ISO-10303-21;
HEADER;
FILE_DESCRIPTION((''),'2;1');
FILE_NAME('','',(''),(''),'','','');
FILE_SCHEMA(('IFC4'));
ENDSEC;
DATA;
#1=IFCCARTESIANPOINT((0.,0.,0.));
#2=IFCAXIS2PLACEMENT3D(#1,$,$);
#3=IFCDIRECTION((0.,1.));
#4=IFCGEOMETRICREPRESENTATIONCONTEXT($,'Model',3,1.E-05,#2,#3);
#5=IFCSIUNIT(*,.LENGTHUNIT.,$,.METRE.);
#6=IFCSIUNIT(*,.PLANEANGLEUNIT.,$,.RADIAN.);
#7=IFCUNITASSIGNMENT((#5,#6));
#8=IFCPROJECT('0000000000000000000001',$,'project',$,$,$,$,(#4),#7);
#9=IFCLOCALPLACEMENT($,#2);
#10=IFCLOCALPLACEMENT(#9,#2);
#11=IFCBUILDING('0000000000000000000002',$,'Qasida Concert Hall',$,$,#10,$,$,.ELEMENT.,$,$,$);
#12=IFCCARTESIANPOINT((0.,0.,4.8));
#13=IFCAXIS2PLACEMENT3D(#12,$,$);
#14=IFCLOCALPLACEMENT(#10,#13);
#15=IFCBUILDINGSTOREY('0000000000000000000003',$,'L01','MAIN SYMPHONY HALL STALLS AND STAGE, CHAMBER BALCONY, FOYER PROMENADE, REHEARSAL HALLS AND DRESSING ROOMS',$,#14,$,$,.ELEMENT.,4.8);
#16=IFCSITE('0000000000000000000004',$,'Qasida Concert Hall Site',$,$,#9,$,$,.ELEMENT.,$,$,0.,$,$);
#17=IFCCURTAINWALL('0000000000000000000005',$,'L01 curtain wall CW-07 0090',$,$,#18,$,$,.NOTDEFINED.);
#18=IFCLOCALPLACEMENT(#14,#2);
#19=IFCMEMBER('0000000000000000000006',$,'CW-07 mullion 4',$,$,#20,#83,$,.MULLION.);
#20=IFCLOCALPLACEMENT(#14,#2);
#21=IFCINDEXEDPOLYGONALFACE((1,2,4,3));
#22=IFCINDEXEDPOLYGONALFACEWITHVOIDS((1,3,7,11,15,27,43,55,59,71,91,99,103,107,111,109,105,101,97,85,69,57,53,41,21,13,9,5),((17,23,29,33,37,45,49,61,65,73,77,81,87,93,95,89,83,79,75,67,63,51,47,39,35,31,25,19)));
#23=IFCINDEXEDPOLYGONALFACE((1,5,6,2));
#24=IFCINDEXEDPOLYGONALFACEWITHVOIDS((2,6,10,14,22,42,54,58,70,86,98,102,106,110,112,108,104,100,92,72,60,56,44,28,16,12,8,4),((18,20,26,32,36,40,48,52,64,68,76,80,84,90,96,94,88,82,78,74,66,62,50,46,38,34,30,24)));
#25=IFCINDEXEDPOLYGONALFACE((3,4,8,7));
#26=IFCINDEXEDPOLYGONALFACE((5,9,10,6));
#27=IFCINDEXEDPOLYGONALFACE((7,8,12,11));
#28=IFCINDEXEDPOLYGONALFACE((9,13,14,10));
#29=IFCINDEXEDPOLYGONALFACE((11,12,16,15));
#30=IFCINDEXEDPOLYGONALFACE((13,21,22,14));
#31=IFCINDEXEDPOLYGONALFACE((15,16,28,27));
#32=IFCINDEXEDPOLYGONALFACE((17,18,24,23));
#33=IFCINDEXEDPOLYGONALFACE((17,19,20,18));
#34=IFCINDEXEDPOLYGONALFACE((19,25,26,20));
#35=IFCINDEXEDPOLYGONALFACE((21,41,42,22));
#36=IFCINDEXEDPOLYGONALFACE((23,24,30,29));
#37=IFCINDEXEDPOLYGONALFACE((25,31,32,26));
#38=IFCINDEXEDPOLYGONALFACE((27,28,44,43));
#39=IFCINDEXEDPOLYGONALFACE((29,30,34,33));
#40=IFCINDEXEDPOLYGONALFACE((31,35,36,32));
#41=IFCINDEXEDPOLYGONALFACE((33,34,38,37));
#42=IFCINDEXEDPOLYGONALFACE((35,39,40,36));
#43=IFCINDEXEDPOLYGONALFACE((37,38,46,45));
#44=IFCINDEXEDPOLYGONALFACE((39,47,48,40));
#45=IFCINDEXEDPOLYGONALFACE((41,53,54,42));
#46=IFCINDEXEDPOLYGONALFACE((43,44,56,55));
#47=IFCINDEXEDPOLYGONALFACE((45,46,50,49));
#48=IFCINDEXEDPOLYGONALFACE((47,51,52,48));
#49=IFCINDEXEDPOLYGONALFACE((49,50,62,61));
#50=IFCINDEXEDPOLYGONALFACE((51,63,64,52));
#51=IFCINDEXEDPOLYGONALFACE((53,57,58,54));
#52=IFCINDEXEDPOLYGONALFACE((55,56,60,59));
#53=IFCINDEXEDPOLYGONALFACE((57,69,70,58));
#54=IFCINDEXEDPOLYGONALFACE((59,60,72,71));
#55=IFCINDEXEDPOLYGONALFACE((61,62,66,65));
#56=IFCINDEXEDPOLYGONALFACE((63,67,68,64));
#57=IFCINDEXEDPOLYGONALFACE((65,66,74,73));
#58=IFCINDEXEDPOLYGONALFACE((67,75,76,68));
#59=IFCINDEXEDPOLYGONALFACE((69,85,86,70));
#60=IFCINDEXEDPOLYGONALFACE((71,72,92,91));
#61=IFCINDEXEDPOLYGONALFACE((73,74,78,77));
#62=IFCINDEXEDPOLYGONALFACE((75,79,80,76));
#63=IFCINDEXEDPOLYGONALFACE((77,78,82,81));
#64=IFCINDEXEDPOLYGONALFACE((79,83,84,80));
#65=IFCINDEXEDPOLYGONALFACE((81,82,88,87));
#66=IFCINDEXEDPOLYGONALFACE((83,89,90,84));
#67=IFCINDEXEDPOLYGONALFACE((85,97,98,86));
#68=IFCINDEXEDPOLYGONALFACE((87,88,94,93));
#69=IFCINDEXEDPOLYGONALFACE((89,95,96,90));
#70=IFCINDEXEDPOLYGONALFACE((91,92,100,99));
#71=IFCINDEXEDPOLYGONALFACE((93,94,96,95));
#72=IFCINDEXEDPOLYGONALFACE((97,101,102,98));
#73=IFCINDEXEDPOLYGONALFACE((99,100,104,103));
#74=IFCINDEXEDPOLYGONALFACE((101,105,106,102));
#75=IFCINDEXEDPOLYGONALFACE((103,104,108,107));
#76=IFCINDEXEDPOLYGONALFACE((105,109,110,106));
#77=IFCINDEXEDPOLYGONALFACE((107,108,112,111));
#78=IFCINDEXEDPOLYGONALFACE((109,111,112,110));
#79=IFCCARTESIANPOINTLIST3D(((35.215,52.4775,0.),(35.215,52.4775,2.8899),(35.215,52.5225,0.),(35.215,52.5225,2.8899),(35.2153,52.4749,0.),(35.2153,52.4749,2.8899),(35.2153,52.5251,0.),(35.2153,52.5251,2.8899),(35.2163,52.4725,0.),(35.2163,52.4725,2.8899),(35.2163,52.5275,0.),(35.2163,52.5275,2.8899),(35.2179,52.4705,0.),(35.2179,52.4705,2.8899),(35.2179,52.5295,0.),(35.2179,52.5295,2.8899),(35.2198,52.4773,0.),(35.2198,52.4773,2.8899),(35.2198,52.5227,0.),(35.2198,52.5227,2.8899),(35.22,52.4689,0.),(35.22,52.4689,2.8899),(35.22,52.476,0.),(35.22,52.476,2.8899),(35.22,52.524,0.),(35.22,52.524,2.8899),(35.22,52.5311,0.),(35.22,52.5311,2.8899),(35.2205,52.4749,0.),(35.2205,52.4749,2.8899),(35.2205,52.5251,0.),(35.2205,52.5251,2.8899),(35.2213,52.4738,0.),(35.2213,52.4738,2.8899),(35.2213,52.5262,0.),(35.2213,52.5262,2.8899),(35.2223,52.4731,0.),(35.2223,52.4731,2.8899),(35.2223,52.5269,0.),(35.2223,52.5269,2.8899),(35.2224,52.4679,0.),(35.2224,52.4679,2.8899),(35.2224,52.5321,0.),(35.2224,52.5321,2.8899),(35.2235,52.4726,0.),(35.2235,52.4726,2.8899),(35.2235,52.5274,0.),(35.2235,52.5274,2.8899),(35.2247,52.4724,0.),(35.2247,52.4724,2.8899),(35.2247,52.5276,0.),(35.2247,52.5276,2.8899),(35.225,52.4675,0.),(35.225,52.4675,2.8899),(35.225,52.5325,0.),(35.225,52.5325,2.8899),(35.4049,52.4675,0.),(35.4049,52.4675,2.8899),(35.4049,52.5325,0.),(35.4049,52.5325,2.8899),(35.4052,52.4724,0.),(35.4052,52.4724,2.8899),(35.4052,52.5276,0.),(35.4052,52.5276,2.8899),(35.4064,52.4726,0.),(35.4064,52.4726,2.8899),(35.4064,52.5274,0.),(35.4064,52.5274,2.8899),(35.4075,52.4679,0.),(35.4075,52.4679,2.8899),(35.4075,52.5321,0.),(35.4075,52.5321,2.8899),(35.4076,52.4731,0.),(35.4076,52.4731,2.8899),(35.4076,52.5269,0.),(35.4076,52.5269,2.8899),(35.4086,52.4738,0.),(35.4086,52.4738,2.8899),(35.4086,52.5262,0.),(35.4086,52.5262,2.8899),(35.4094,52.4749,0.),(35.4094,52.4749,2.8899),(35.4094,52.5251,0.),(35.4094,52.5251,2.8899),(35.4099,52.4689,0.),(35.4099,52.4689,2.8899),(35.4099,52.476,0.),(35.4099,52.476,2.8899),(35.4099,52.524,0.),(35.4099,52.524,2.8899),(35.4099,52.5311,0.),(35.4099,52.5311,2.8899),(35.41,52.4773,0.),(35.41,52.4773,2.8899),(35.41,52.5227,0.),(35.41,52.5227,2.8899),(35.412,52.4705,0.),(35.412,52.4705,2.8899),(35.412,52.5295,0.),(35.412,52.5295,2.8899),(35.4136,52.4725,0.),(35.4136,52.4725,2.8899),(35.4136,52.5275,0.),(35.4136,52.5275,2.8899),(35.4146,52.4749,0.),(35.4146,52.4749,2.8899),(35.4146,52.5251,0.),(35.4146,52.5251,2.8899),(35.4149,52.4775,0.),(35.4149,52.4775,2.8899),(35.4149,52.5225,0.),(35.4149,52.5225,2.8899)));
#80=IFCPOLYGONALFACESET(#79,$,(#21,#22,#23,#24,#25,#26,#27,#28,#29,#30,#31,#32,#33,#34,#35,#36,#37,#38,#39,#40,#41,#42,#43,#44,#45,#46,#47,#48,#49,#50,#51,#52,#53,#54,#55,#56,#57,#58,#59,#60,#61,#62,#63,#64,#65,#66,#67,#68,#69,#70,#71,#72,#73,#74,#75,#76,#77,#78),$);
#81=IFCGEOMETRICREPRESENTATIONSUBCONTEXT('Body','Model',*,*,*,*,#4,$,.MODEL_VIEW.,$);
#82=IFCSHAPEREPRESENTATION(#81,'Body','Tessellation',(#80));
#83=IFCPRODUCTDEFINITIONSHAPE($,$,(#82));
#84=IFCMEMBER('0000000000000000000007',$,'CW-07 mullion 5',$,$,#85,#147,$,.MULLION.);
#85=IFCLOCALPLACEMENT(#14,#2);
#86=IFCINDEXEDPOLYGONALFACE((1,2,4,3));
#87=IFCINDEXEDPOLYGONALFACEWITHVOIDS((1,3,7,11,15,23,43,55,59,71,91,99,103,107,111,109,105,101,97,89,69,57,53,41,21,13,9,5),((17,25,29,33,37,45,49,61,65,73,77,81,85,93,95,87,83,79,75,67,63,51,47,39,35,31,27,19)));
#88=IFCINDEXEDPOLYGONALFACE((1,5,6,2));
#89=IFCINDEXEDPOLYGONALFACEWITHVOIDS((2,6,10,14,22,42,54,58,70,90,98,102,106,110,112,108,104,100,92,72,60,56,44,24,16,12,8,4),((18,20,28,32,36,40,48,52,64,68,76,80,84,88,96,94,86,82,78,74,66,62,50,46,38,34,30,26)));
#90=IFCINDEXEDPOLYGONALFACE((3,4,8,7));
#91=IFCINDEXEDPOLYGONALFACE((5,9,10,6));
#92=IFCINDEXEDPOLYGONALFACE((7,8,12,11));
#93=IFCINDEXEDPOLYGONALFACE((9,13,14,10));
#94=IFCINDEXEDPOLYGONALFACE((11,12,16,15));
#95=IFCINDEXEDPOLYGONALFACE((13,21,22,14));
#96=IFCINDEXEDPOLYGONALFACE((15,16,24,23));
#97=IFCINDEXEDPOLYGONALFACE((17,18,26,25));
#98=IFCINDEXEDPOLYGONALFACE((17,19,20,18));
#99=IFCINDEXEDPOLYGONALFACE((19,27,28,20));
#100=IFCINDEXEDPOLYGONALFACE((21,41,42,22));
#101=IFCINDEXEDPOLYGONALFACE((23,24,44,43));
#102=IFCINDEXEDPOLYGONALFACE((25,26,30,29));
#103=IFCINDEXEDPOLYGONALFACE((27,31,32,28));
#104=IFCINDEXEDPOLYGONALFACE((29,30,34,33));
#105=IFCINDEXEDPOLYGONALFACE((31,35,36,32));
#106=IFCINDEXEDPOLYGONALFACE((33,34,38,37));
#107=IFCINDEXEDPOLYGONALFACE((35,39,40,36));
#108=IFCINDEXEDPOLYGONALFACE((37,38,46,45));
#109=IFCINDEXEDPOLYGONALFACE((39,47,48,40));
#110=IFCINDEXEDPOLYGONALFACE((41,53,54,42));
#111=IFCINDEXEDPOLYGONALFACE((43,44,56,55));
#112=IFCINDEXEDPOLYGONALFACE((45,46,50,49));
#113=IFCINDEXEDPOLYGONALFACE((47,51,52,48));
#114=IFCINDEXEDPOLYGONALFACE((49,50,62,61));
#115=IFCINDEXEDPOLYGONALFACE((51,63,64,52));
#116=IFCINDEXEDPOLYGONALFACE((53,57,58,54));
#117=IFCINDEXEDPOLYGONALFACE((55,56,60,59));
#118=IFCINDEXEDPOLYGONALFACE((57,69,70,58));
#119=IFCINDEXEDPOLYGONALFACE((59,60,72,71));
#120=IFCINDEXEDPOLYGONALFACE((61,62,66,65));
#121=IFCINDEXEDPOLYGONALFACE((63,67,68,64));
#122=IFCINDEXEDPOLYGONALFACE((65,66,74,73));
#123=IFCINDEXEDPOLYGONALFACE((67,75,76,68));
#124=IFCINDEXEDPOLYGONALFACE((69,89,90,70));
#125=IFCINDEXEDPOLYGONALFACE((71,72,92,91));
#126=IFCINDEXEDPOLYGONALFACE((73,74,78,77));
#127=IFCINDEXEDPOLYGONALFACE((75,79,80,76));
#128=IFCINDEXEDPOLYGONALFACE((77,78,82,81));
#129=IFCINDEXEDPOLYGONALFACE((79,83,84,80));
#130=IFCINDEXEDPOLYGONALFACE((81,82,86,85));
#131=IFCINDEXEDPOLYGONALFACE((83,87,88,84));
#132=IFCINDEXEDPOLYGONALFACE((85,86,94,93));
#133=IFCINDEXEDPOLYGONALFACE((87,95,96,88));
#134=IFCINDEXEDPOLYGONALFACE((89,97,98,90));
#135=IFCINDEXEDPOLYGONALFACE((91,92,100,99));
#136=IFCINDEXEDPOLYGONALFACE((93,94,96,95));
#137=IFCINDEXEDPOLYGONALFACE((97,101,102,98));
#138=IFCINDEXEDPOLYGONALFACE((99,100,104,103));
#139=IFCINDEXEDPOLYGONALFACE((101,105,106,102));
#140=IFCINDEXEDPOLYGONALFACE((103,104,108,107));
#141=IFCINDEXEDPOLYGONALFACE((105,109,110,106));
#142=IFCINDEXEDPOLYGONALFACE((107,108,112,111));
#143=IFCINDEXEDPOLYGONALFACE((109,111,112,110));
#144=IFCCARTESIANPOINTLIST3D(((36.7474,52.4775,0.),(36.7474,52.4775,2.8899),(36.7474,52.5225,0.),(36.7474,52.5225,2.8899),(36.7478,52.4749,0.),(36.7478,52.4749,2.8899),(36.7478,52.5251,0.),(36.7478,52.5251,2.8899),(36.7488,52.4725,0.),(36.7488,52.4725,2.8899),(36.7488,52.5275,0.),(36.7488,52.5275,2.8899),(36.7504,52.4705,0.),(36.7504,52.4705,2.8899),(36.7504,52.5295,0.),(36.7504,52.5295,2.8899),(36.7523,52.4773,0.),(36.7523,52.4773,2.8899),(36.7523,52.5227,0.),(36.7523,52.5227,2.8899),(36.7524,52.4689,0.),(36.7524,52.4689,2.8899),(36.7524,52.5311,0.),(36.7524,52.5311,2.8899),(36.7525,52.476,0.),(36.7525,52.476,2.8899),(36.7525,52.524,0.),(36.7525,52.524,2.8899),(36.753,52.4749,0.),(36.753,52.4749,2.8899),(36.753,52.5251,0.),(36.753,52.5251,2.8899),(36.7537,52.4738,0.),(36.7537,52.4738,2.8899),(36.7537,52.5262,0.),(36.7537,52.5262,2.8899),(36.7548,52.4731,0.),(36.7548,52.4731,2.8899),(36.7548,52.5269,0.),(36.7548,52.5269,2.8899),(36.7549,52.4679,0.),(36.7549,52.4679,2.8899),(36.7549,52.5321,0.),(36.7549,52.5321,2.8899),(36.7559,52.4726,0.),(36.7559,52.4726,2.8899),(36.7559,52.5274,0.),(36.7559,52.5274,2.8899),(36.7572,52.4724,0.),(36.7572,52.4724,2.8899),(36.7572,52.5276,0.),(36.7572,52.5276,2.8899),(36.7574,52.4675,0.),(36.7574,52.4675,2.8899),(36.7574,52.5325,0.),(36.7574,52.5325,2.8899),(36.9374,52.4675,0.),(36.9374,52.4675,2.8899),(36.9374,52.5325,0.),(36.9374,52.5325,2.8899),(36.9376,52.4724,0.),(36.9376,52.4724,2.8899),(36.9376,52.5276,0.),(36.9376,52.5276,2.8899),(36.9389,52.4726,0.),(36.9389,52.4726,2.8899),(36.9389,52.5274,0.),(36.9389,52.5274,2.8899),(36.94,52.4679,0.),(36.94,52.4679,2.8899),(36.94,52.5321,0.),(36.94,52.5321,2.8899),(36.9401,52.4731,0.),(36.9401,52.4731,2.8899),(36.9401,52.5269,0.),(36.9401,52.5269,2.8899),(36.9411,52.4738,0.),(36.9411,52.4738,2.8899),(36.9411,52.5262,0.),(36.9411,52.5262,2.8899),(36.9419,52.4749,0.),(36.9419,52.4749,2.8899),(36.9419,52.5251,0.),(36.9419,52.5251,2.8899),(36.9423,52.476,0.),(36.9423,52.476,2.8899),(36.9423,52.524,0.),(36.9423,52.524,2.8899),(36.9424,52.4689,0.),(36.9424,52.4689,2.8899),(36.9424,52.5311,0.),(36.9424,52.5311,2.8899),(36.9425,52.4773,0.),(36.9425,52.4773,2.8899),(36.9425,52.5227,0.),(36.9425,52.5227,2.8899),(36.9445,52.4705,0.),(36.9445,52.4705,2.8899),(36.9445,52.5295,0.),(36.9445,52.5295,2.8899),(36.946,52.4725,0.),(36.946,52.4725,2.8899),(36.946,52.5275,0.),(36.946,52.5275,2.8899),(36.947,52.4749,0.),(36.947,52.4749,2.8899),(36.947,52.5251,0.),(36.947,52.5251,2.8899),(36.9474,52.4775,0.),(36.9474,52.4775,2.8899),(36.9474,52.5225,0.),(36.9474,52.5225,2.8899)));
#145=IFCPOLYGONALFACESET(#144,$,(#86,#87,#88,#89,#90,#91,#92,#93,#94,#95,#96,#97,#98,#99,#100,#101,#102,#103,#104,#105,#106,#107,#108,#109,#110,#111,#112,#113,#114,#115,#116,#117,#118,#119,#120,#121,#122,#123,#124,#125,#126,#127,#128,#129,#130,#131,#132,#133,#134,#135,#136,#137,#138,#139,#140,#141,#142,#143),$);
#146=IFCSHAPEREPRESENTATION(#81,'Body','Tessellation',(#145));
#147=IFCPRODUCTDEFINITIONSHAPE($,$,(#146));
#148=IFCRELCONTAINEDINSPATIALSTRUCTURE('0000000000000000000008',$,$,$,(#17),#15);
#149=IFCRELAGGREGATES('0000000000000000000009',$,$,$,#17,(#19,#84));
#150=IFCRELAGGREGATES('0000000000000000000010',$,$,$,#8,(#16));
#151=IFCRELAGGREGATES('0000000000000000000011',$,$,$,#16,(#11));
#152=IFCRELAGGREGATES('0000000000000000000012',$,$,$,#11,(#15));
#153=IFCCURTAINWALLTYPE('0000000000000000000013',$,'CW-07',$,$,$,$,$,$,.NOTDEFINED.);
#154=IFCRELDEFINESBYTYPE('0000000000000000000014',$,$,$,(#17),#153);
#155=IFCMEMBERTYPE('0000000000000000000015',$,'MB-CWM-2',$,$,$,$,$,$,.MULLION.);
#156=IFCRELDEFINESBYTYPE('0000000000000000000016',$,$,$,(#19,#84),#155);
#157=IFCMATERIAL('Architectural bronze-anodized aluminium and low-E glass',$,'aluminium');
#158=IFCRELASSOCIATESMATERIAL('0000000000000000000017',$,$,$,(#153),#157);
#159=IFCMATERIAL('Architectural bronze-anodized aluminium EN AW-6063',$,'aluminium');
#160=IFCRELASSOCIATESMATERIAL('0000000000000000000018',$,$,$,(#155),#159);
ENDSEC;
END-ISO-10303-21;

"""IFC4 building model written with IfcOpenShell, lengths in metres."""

from ifc_helpers import new_model, si_unit, direction, frame, origin, origin_2d, place, context, subcontext, project, spatial, hollow_rectangle, extrude, material, material_profile, profile_set, type_object, element, aggregate, save


model = new_model("IFC4")

# Units and contexts
model_context = context("Model", 3, precision=1e-05, world=origin(), true_north=direction((0.0, 1.0)))
body_context = subcontext(model_context, "Body", "Model", "MODEL_VIEW")
ifc_project = project(units=[si_unit("LENGTHUNIT", "METRE"), si_unit("PLANEANGLEUNIT", "RADIAN")], contexts=[model_context])

# Site, building, storey
site_placement = place(None, origin())
site = spatial("IfcSite", under=ifc_project, at=site_placement, Name="Qasida Concert Hall Site", CompositionType="ELEMENT", RefElevation=0.0)
building_placement = place(site_placement, origin())
building = spatial("IfcBuilding", under=site, at=building_placement, Name="Qasida Concert Hall", CompositionType="ELEMENT")
storey_placement = place(building_placement, frame((0.0, 0.0, 4.8)))
storey = spatial("IfcBuildingStorey", under=building, at=storey_placement, Name="L01", Description="MAIN SYMPHONY HALL STALLS AND STAGE, CHAMBER BALCONY, FOYER PROMENADE, REHEARSAL HALLS AND DRESSING ROOMS", CompositionType="ELEMENT", Elevation=4.8)

# Shared definitions
ifc_material_1 = material(Name="Architectural bronze-anodized aluminium and low-E glass", Category="aluminium")
ifc_material_2 = material(Name="Architectural bronze-anodized aluminium EN AW-6063", Category="aluminium")

# Curtain wall, members
curtain_wall_type_1 = type_object("IfcCurtainWallType", Name="CW-07", PredefinedType="NOTDEFINED", material=ifc_material_1)
curtain_wall_1_placement = place(storey_placement, origin())
curtain_wall_1 = element("IfcCurtainWall", 1, at=curtain_wall_1_placement, inside=storey, type_object=curtain_wall_type_1, Name="L01 curtain wall CW-07 0090", PredefinedType="NOTDEFINED")
ifc_material_profile_1 = material_profile(ifc_material_2, hollow_rectangle(XDim=0.0649, YDim=0.2, WallThickness=0.0049, InnerFilletRadius=0.0049, OuterFilletRadius=0.01, at=origin_2d()), Name="CWM 200x65x5")
ifc_profile_set_1 = profile_set([ifc_material_profile_1], Name="Architectural bronze-anodized aluminium EN AW-6063")
member_type_1 = type_object("IfcMemberType", Name="MB-CWM-2", PredefinedType="MULLION", material=ifc_profile_set_1)
member_1_placement = place(storey_placement, frame((35.3149, 52.5, 0.0), z_axis=(0.0, 0.0, 1.0), x_axis=(0.0, 1.0, 0.0)))
member_1 = element("IfcMember", 2, at=member_1_placement, type_object=member_type_1, Name="CW-07 mullion 4", PredefinedType="MULLION", context=body_context, shape_type="SweptSolid", body=[
    extrude(hollow_rectangle(XDim=0.0649, YDim=0.2, WallThickness=0.0049, InnerFilletRadius=0.0049, OuterFilletRadius=0.01, at=origin_2d()), origin(), (0.0, 0.0, 1.0), 2.8899),
])
member_2_placement = place(storey_placement, frame((36.8474, 52.5, 0.0), z_axis=(0.0, 0.0, 1.0), x_axis=(0.0, 1.0, 0.0)))
member_2 = element("IfcMember", 3, at=member_2_placement, type_object=member_type_1, Name="CW-07 mullion 5", PredefinedType="MULLION", context=body_context, shape_type="SweptSolid", body=[
    extrude(hollow_rectangle(XDim=0.0649, YDim=0.2, WallThickness=0.0049, InnerFilletRadius=0.0049, OuterFilletRadius=0.01, at=origin_2d()), origin(), (0.0, 0.0, 1.0), 2.8899),
])

aggregate(curtain_wall_1, [member_1, member_2])

save(model, "model.ifc")
